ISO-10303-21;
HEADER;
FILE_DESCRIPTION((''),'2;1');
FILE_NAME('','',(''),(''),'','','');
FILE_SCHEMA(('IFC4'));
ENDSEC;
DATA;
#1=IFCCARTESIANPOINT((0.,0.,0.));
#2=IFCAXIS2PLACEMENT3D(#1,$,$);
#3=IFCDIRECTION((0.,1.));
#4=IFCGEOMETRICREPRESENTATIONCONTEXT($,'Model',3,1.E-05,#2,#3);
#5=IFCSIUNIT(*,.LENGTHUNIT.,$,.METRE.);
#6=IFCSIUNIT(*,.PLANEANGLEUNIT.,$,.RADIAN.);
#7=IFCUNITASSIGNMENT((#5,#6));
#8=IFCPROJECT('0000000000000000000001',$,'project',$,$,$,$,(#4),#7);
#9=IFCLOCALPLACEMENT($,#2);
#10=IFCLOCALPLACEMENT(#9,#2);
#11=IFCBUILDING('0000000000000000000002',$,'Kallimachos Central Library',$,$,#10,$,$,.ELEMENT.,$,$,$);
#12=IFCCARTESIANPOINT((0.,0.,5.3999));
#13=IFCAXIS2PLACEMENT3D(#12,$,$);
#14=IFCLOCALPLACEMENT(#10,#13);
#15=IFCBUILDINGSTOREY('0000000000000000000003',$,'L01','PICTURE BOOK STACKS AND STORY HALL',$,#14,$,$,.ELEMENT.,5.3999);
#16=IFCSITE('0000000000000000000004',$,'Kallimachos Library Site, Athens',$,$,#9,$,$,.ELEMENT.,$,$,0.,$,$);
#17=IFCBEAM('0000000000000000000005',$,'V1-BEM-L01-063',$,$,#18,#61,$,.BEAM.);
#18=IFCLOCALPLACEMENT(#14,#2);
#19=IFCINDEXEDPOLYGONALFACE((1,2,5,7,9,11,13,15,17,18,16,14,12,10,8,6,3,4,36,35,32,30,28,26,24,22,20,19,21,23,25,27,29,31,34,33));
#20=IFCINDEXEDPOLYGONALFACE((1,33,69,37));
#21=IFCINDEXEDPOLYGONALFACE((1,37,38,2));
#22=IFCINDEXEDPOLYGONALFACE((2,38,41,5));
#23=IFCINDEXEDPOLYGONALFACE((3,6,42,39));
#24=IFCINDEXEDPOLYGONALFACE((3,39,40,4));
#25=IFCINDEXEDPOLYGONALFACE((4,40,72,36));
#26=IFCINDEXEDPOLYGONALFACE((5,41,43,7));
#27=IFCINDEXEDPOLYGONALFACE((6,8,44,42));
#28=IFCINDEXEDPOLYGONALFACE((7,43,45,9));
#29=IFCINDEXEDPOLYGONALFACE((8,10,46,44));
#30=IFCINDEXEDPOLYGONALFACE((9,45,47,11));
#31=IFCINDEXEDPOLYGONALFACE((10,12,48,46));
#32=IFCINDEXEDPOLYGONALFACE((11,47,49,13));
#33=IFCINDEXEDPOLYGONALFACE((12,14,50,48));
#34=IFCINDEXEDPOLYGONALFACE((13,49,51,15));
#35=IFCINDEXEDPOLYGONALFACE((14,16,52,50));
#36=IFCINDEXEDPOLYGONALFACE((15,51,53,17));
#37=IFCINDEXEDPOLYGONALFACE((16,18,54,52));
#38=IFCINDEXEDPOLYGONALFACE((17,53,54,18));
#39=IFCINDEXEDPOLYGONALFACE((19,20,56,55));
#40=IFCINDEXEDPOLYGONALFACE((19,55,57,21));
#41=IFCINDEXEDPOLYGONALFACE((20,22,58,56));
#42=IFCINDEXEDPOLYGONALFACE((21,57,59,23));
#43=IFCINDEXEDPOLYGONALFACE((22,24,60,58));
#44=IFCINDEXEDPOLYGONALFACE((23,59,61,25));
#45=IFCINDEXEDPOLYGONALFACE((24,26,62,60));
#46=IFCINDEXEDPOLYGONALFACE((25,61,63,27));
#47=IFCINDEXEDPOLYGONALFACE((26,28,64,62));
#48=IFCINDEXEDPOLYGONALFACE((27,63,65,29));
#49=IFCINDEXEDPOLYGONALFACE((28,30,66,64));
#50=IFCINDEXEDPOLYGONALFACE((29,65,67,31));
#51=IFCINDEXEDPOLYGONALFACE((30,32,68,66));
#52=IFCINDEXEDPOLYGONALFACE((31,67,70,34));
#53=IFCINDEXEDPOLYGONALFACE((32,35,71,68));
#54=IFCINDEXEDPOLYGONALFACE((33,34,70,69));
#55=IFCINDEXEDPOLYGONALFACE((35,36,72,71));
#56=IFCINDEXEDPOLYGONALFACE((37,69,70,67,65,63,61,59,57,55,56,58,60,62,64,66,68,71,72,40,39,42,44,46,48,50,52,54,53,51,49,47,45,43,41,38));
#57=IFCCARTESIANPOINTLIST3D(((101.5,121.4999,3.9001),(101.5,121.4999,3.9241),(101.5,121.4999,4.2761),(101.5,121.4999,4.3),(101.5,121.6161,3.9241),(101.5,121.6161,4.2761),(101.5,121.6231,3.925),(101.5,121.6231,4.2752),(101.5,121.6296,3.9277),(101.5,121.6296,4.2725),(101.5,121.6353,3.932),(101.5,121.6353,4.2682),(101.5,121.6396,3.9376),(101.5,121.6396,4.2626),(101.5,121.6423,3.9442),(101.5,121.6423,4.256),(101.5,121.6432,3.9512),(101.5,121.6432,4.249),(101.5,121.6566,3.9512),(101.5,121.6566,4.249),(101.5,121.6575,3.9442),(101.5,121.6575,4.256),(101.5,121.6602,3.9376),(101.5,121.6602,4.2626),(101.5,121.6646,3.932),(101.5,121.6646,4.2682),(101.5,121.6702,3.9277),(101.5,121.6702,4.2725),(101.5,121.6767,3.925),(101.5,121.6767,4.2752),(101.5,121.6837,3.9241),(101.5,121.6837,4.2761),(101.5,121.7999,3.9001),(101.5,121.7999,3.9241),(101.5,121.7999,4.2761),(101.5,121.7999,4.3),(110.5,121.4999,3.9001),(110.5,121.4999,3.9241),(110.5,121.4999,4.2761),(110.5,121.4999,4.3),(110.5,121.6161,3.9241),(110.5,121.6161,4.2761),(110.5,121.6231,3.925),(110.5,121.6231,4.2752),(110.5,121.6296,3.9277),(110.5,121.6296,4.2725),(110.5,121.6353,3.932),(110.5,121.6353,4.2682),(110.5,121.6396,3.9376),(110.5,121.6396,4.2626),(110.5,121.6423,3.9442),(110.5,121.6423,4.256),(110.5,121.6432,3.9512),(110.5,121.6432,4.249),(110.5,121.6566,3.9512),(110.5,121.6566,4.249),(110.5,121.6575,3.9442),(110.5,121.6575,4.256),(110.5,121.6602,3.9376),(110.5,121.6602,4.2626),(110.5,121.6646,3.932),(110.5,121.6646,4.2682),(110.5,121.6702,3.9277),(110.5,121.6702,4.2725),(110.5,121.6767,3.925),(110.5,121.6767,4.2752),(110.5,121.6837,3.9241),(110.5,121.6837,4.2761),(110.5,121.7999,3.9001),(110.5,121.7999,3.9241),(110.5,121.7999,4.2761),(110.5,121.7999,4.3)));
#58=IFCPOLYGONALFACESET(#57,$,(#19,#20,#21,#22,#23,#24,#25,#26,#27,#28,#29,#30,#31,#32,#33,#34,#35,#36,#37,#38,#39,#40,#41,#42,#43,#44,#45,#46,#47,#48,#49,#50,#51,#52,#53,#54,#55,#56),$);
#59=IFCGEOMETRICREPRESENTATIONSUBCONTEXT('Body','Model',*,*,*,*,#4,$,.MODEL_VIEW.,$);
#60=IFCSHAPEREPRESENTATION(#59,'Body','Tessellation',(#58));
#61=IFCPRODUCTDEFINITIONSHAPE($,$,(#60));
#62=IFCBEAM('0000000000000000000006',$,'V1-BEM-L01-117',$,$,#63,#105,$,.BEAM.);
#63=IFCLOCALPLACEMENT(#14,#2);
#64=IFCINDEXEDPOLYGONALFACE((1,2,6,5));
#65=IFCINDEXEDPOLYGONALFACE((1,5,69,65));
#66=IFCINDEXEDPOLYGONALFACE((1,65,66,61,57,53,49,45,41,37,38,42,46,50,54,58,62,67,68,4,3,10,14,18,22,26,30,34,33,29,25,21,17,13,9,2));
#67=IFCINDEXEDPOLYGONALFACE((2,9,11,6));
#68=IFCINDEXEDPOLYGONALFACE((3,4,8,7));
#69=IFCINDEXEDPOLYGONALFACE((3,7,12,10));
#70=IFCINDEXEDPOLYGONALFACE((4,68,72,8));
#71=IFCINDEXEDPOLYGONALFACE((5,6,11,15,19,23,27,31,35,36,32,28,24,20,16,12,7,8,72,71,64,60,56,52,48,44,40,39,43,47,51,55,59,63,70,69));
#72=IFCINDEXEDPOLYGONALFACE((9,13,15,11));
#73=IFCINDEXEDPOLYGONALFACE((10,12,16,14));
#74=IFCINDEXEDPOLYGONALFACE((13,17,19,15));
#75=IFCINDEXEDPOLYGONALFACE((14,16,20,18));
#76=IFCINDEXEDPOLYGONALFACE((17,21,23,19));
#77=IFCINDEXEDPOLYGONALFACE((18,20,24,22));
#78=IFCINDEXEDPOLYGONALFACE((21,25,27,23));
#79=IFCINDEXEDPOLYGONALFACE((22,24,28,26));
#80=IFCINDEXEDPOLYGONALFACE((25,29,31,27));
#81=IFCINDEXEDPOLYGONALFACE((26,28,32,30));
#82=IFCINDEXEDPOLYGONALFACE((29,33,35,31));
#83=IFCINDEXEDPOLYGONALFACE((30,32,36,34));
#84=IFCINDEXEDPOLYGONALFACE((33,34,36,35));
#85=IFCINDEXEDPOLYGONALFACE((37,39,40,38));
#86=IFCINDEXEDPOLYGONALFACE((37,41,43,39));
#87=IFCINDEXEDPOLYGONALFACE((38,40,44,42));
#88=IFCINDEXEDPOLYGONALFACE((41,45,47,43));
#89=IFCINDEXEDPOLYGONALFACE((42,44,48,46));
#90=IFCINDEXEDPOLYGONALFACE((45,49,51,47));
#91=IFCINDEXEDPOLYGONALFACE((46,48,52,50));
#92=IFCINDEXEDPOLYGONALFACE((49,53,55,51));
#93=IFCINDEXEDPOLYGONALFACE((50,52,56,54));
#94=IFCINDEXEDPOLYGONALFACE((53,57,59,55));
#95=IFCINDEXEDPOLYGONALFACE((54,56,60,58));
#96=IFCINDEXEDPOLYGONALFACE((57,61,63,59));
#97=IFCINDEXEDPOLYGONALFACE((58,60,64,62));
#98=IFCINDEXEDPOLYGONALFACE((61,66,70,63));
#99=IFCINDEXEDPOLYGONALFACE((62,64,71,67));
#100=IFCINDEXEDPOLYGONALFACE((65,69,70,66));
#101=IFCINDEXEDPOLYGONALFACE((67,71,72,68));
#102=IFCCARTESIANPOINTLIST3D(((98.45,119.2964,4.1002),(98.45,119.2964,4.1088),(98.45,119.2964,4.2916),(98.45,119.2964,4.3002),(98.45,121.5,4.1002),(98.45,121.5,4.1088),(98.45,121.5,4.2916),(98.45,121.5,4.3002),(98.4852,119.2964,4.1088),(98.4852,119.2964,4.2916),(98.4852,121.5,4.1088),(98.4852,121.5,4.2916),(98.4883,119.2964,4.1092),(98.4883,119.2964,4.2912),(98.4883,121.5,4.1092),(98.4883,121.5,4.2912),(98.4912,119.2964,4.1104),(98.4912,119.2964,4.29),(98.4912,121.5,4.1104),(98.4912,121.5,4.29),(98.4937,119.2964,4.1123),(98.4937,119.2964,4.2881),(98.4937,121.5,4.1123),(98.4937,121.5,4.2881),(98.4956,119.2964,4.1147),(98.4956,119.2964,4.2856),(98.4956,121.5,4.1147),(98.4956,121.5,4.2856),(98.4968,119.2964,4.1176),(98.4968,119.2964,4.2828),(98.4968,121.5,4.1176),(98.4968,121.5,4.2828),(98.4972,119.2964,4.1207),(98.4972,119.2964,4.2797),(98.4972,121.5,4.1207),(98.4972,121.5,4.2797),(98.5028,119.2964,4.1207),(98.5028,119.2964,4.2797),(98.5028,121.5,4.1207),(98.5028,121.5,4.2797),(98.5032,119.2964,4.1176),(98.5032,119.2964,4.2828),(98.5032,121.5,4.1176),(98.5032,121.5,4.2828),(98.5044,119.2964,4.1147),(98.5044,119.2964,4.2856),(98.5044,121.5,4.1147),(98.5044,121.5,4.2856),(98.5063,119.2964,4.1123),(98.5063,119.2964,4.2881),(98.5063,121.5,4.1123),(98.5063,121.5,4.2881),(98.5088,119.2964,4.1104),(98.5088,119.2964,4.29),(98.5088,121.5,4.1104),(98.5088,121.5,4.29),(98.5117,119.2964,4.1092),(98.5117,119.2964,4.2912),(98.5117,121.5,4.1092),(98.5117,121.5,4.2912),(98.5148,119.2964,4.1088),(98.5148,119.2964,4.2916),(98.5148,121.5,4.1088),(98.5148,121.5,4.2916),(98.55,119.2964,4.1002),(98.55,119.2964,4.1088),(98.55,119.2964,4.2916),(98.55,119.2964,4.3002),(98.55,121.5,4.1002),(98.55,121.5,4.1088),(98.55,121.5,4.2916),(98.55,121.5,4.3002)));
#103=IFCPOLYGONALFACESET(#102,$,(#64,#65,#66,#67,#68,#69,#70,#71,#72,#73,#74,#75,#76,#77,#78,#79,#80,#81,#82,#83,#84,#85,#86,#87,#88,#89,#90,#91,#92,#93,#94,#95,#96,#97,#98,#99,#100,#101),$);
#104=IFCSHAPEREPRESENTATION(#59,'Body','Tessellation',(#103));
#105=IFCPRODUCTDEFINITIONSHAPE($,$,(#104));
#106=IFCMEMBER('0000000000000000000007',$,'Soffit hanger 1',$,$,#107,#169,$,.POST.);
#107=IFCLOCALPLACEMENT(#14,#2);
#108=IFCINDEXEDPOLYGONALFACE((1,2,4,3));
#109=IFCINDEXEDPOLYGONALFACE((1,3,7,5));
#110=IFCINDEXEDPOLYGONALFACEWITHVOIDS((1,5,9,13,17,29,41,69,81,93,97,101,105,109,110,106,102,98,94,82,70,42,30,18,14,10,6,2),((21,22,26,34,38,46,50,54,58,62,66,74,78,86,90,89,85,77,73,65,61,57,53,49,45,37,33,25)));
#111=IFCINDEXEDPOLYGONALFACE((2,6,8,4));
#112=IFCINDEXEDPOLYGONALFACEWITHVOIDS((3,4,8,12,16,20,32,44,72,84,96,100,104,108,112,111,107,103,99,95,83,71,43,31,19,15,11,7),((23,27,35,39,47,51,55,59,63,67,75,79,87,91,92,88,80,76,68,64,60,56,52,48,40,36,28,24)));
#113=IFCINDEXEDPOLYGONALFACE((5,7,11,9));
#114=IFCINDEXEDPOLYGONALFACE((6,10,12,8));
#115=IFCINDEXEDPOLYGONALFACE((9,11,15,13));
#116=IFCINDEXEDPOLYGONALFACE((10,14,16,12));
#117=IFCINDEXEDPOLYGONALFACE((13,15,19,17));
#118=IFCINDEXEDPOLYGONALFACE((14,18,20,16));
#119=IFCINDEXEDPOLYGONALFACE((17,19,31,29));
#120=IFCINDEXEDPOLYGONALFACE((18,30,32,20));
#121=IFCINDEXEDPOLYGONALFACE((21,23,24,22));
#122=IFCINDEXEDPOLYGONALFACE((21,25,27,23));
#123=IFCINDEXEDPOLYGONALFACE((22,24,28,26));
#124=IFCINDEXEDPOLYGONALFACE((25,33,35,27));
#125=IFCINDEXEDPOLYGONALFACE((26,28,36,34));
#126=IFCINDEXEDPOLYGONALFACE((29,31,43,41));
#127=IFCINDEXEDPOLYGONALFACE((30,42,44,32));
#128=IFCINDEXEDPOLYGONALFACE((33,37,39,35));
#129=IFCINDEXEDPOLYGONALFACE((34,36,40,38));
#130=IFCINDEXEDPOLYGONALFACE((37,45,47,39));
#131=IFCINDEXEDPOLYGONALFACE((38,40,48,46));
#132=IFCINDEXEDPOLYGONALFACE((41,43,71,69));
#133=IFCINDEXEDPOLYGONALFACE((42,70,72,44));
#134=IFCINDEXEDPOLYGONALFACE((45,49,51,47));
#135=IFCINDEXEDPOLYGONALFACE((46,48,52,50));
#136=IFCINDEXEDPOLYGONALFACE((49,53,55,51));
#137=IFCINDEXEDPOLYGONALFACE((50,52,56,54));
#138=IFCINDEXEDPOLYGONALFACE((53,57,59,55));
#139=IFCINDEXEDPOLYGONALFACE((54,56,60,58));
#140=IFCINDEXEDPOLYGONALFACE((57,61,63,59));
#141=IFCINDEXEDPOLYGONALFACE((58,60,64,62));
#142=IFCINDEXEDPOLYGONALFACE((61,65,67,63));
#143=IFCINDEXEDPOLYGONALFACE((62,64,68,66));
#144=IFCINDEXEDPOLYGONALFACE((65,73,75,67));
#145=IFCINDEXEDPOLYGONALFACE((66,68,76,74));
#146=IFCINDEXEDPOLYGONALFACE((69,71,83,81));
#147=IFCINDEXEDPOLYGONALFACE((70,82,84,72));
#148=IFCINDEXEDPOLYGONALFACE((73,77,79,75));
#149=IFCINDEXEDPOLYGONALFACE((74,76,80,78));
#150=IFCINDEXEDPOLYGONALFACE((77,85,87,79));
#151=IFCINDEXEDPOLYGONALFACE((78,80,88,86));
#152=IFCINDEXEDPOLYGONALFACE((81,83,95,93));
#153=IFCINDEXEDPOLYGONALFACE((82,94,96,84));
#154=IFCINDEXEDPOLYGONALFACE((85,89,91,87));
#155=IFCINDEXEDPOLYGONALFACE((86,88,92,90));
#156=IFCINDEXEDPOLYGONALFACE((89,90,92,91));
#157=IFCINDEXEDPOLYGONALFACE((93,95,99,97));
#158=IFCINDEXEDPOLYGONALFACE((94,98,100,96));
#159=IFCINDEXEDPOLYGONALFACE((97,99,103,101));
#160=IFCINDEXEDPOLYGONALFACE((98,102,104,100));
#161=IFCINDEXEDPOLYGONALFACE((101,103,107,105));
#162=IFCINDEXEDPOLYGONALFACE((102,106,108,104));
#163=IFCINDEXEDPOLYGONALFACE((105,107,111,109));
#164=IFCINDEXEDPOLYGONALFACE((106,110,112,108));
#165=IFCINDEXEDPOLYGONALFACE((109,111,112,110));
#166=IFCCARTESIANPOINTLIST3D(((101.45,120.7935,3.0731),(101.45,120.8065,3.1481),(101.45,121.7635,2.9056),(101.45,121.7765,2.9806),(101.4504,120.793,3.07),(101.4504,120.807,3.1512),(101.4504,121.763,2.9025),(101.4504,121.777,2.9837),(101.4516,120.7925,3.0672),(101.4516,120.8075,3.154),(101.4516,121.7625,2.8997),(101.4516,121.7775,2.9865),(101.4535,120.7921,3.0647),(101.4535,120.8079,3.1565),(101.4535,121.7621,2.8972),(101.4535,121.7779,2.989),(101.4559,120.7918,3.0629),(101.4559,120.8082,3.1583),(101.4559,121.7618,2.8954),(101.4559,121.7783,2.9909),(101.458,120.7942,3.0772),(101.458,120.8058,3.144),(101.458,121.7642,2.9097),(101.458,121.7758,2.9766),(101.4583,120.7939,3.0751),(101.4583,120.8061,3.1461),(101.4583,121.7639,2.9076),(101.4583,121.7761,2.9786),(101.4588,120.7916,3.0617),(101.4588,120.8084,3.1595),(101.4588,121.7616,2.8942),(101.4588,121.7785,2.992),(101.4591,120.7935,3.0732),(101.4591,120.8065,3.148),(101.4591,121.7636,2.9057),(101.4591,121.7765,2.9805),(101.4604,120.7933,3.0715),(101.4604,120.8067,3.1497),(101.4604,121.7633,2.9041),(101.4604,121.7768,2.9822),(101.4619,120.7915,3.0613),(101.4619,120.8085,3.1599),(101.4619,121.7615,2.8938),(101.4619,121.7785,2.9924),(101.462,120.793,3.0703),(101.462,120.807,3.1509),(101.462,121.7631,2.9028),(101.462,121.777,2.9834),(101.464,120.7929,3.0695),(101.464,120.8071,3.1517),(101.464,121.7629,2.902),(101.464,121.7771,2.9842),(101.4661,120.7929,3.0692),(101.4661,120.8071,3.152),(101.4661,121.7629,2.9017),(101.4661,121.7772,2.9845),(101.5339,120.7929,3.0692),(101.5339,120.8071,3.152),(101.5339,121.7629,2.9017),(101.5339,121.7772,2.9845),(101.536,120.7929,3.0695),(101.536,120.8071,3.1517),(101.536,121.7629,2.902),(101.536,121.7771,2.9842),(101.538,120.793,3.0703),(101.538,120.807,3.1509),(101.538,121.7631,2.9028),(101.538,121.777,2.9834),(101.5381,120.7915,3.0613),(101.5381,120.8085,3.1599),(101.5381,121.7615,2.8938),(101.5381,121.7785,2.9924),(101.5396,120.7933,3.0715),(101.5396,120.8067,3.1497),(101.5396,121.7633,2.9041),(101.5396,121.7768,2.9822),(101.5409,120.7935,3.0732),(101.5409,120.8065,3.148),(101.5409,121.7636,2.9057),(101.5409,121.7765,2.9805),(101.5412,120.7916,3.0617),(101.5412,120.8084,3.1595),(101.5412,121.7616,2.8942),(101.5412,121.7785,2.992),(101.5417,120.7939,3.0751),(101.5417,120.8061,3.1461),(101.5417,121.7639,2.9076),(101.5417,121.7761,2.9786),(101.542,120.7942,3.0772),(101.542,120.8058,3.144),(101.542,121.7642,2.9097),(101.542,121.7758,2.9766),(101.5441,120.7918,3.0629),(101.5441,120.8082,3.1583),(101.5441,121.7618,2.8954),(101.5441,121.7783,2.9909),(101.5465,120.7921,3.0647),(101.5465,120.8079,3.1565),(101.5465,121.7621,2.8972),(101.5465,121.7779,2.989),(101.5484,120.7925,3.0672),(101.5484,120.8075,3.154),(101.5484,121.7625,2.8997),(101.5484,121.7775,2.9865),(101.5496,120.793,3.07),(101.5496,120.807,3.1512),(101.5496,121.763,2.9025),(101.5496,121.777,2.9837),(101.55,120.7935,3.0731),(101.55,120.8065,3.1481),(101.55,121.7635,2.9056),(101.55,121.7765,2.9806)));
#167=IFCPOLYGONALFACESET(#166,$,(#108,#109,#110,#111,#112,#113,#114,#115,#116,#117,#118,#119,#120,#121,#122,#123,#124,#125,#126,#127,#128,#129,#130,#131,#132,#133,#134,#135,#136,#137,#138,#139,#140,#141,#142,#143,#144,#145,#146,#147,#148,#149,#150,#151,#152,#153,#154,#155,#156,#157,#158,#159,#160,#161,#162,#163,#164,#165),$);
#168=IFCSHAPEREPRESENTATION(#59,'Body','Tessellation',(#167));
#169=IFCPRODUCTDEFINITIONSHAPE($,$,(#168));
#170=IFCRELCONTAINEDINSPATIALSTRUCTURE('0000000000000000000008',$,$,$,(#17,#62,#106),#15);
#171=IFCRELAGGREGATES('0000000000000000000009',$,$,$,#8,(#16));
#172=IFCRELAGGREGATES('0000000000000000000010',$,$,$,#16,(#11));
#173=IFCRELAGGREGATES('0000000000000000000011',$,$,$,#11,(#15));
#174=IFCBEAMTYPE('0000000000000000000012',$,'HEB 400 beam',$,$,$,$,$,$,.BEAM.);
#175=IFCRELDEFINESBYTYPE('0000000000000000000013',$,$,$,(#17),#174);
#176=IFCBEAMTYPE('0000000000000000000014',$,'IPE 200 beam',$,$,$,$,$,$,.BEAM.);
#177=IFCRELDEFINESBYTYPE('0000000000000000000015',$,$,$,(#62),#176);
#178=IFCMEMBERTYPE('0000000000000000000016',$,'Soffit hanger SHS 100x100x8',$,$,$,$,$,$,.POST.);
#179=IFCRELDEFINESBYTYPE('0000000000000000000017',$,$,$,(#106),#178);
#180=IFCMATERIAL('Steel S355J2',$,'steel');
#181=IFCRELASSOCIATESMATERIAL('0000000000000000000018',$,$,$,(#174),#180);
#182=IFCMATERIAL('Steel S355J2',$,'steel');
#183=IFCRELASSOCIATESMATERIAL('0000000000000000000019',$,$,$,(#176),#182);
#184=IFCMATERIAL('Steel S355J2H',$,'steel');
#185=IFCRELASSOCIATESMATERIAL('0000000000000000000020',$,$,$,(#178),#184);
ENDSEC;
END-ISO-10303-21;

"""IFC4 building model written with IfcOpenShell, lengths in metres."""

from ifc_helpers import new_model, si_unit, direction, frame, origin, origin_2d, place, context, subcontext, project, spatial, hollow_rectangle, i_section, extrude, material, material_profile, profile_set, type_object, element, save


model = new_model("IFC4")

# Units and contexts
model_context = context("Model", 3, precision=1e-05, world=origin(), true_north=direction((0.0, 1.0)))
body_context = subcontext(model_context, "Body", "Model", "MODEL_VIEW")
ifc_project = project(units=[si_unit("LENGTHUNIT", "METRE"), si_unit("PLANEANGLEUNIT", "RADIAN")], contexts=[model_context])

# Site, building, storey
site_placement = place(None, origin())
site = spatial("IfcSite", under=ifc_project, at=site_placement, Name="Kallimachos Library Site, Athens", CompositionType="ELEMENT", RefElevation=0.0)
building_placement = place(site_placement, origin())
building = spatial("IfcBuilding", under=site, at=building_placement, Name="Kallimachos Central Library", CompositionType="ELEMENT")
storey_placement = place(building_placement, frame((0.0, 0.0, 5.3999)))
storey = spatial("IfcBuildingStorey", under=building, at=storey_placement, Name="L01", Description="PICTURE BOOK STACKS AND STORY HALL", CompositionType="ELEMENT", Elevation=5.3999)

# Beams
ifc_material_1 = material(Name="Steel S355J2", Category="steel")
ifc_material_profile_1 = material_profile(ifc_material_1, i_section(OverallWidth=0.3, OverallDepth=0.3999, WebThickness=0.0134, FlangeThickness=0.0239, FilletRadius=0.0271, at=origin_2d()), Name="HEB 400")
ifc_profile_set_1 = profile_set([ifc_material_profile_1], Name="Steel S355J2")
beam_type_1 = type_object("IfcBeamType", Name="HEB 400 beam", PredefinedType="BEAM", material=ifc_profile_set_1)
beam_1_placement = place(storey_placement, frame((101.5, 121.6499, 4.1001), z_axis=(1.0, 0.0, 0.0), x_axis=(0.0, 1.0, 0.0)))
element("IfcBeam", 1, at=beam_1_placement, inside=storey, type_object=beam_type_1, Name="V1-BEM-L01-063", PredefinedType="BEAM", context=body_context, shape_type="SweptSolid", body=[
    extrude(i_section(OverallWidth=0.3, OverallDepth=0.3999, WebThickness=0.0134, FlangeThickness=0.0239, FilletRadius=0.0271, at=origin_2d()), origin(), (0.0, 0.0, 1.0), 9.0),
])
ifc_material_2 = material(Name="Steel S355J2", Category="steel")
ifc_material_profile_2 = material_profile(ifc_material_2, i_section(OverallWidth=0.1001, OverallDepth=0.2, WebThickness=0.0056, FlangeThickness=0.0085, FilletRadius=0.012, at=origin_2d()), Name="IPE 200")
ifc_profile_set_2 = profile_set([ifc_material_profile_2], Name="Steel S355J2")
beam_type_2 = type_object("IfcBeamType", Name="IPE 200 beam", PredefinedType="BEAM", material=ifc_profile_set_2)
beam_2_placement = place(storey_placement, frame((98.5, 119.2964, 4.2002), z_axis=(0.0, 1.0, 0.0), x_axis=(-1.0, 0.0, 0.0)))
element("IfcBeam", 2, at=beam_2_placement, inside=storey, type_object=beam_type_2, Name="V1-BEM-L01-117", PredefinedType="BEAM", context=body_context, shape_type="SweptSolid", body=[
    extrude(i_section(OverallWidth=0.1001, OverallDepth=0.2, WebThickness=0.0056, FlangeThickness=0.0085, FilletRadius=0.012, at=origin_2d()), origin(), (0.0, 0.0, 1.0), 2.2036),
])

# Member
ifc_material_3 = material(Name="Steel S355J2H", Category="steel")
ifc_material_profile_3 = material_profile(ifc_material_3, hollow_rectangle(XDim=0.1001, YDim=0.1001, WallThickness=0.0081, InnerFilletRadius=0.0081, OuterFilletRadius=0.012, at=origin_2d()), Name="SHS 100x100x8")
ifc_profile_set_3 = profile_set([ifc_material_profile_3], Name="Steel S355J2H")
member_type_1 = type_object("IfcMemberType", Name="Soffit hanger SHS 100x100x8", PredefinedType="POST", material=ifc_profile_set_3)
member_1_placement = place(storey_placement, frame((101.5, 121.77, 2.9431), z_axis=(0.0, -0.985419, 0.170148), x_axis=(1.0, 0.0, 0.0)))
element("IfcMember", 3, at=member_1_placement, inside=storey, type_object=member_type_1, Name="Soffit hanger 1", PredefinedType="POST", context=body_context, shape_type="SweptSolid", body=[
    extrude(hollow_rectangle(XDim=0.1001, YDim=0.1001, WallThickness=0.0081, InnerFilletRadius=0.0081, OuterFilletRadius=0.012, at=origin_2d()), origin(), (0.0, 0.0, 1.0), 0.9844),
])

save(model, "model.ifc")
